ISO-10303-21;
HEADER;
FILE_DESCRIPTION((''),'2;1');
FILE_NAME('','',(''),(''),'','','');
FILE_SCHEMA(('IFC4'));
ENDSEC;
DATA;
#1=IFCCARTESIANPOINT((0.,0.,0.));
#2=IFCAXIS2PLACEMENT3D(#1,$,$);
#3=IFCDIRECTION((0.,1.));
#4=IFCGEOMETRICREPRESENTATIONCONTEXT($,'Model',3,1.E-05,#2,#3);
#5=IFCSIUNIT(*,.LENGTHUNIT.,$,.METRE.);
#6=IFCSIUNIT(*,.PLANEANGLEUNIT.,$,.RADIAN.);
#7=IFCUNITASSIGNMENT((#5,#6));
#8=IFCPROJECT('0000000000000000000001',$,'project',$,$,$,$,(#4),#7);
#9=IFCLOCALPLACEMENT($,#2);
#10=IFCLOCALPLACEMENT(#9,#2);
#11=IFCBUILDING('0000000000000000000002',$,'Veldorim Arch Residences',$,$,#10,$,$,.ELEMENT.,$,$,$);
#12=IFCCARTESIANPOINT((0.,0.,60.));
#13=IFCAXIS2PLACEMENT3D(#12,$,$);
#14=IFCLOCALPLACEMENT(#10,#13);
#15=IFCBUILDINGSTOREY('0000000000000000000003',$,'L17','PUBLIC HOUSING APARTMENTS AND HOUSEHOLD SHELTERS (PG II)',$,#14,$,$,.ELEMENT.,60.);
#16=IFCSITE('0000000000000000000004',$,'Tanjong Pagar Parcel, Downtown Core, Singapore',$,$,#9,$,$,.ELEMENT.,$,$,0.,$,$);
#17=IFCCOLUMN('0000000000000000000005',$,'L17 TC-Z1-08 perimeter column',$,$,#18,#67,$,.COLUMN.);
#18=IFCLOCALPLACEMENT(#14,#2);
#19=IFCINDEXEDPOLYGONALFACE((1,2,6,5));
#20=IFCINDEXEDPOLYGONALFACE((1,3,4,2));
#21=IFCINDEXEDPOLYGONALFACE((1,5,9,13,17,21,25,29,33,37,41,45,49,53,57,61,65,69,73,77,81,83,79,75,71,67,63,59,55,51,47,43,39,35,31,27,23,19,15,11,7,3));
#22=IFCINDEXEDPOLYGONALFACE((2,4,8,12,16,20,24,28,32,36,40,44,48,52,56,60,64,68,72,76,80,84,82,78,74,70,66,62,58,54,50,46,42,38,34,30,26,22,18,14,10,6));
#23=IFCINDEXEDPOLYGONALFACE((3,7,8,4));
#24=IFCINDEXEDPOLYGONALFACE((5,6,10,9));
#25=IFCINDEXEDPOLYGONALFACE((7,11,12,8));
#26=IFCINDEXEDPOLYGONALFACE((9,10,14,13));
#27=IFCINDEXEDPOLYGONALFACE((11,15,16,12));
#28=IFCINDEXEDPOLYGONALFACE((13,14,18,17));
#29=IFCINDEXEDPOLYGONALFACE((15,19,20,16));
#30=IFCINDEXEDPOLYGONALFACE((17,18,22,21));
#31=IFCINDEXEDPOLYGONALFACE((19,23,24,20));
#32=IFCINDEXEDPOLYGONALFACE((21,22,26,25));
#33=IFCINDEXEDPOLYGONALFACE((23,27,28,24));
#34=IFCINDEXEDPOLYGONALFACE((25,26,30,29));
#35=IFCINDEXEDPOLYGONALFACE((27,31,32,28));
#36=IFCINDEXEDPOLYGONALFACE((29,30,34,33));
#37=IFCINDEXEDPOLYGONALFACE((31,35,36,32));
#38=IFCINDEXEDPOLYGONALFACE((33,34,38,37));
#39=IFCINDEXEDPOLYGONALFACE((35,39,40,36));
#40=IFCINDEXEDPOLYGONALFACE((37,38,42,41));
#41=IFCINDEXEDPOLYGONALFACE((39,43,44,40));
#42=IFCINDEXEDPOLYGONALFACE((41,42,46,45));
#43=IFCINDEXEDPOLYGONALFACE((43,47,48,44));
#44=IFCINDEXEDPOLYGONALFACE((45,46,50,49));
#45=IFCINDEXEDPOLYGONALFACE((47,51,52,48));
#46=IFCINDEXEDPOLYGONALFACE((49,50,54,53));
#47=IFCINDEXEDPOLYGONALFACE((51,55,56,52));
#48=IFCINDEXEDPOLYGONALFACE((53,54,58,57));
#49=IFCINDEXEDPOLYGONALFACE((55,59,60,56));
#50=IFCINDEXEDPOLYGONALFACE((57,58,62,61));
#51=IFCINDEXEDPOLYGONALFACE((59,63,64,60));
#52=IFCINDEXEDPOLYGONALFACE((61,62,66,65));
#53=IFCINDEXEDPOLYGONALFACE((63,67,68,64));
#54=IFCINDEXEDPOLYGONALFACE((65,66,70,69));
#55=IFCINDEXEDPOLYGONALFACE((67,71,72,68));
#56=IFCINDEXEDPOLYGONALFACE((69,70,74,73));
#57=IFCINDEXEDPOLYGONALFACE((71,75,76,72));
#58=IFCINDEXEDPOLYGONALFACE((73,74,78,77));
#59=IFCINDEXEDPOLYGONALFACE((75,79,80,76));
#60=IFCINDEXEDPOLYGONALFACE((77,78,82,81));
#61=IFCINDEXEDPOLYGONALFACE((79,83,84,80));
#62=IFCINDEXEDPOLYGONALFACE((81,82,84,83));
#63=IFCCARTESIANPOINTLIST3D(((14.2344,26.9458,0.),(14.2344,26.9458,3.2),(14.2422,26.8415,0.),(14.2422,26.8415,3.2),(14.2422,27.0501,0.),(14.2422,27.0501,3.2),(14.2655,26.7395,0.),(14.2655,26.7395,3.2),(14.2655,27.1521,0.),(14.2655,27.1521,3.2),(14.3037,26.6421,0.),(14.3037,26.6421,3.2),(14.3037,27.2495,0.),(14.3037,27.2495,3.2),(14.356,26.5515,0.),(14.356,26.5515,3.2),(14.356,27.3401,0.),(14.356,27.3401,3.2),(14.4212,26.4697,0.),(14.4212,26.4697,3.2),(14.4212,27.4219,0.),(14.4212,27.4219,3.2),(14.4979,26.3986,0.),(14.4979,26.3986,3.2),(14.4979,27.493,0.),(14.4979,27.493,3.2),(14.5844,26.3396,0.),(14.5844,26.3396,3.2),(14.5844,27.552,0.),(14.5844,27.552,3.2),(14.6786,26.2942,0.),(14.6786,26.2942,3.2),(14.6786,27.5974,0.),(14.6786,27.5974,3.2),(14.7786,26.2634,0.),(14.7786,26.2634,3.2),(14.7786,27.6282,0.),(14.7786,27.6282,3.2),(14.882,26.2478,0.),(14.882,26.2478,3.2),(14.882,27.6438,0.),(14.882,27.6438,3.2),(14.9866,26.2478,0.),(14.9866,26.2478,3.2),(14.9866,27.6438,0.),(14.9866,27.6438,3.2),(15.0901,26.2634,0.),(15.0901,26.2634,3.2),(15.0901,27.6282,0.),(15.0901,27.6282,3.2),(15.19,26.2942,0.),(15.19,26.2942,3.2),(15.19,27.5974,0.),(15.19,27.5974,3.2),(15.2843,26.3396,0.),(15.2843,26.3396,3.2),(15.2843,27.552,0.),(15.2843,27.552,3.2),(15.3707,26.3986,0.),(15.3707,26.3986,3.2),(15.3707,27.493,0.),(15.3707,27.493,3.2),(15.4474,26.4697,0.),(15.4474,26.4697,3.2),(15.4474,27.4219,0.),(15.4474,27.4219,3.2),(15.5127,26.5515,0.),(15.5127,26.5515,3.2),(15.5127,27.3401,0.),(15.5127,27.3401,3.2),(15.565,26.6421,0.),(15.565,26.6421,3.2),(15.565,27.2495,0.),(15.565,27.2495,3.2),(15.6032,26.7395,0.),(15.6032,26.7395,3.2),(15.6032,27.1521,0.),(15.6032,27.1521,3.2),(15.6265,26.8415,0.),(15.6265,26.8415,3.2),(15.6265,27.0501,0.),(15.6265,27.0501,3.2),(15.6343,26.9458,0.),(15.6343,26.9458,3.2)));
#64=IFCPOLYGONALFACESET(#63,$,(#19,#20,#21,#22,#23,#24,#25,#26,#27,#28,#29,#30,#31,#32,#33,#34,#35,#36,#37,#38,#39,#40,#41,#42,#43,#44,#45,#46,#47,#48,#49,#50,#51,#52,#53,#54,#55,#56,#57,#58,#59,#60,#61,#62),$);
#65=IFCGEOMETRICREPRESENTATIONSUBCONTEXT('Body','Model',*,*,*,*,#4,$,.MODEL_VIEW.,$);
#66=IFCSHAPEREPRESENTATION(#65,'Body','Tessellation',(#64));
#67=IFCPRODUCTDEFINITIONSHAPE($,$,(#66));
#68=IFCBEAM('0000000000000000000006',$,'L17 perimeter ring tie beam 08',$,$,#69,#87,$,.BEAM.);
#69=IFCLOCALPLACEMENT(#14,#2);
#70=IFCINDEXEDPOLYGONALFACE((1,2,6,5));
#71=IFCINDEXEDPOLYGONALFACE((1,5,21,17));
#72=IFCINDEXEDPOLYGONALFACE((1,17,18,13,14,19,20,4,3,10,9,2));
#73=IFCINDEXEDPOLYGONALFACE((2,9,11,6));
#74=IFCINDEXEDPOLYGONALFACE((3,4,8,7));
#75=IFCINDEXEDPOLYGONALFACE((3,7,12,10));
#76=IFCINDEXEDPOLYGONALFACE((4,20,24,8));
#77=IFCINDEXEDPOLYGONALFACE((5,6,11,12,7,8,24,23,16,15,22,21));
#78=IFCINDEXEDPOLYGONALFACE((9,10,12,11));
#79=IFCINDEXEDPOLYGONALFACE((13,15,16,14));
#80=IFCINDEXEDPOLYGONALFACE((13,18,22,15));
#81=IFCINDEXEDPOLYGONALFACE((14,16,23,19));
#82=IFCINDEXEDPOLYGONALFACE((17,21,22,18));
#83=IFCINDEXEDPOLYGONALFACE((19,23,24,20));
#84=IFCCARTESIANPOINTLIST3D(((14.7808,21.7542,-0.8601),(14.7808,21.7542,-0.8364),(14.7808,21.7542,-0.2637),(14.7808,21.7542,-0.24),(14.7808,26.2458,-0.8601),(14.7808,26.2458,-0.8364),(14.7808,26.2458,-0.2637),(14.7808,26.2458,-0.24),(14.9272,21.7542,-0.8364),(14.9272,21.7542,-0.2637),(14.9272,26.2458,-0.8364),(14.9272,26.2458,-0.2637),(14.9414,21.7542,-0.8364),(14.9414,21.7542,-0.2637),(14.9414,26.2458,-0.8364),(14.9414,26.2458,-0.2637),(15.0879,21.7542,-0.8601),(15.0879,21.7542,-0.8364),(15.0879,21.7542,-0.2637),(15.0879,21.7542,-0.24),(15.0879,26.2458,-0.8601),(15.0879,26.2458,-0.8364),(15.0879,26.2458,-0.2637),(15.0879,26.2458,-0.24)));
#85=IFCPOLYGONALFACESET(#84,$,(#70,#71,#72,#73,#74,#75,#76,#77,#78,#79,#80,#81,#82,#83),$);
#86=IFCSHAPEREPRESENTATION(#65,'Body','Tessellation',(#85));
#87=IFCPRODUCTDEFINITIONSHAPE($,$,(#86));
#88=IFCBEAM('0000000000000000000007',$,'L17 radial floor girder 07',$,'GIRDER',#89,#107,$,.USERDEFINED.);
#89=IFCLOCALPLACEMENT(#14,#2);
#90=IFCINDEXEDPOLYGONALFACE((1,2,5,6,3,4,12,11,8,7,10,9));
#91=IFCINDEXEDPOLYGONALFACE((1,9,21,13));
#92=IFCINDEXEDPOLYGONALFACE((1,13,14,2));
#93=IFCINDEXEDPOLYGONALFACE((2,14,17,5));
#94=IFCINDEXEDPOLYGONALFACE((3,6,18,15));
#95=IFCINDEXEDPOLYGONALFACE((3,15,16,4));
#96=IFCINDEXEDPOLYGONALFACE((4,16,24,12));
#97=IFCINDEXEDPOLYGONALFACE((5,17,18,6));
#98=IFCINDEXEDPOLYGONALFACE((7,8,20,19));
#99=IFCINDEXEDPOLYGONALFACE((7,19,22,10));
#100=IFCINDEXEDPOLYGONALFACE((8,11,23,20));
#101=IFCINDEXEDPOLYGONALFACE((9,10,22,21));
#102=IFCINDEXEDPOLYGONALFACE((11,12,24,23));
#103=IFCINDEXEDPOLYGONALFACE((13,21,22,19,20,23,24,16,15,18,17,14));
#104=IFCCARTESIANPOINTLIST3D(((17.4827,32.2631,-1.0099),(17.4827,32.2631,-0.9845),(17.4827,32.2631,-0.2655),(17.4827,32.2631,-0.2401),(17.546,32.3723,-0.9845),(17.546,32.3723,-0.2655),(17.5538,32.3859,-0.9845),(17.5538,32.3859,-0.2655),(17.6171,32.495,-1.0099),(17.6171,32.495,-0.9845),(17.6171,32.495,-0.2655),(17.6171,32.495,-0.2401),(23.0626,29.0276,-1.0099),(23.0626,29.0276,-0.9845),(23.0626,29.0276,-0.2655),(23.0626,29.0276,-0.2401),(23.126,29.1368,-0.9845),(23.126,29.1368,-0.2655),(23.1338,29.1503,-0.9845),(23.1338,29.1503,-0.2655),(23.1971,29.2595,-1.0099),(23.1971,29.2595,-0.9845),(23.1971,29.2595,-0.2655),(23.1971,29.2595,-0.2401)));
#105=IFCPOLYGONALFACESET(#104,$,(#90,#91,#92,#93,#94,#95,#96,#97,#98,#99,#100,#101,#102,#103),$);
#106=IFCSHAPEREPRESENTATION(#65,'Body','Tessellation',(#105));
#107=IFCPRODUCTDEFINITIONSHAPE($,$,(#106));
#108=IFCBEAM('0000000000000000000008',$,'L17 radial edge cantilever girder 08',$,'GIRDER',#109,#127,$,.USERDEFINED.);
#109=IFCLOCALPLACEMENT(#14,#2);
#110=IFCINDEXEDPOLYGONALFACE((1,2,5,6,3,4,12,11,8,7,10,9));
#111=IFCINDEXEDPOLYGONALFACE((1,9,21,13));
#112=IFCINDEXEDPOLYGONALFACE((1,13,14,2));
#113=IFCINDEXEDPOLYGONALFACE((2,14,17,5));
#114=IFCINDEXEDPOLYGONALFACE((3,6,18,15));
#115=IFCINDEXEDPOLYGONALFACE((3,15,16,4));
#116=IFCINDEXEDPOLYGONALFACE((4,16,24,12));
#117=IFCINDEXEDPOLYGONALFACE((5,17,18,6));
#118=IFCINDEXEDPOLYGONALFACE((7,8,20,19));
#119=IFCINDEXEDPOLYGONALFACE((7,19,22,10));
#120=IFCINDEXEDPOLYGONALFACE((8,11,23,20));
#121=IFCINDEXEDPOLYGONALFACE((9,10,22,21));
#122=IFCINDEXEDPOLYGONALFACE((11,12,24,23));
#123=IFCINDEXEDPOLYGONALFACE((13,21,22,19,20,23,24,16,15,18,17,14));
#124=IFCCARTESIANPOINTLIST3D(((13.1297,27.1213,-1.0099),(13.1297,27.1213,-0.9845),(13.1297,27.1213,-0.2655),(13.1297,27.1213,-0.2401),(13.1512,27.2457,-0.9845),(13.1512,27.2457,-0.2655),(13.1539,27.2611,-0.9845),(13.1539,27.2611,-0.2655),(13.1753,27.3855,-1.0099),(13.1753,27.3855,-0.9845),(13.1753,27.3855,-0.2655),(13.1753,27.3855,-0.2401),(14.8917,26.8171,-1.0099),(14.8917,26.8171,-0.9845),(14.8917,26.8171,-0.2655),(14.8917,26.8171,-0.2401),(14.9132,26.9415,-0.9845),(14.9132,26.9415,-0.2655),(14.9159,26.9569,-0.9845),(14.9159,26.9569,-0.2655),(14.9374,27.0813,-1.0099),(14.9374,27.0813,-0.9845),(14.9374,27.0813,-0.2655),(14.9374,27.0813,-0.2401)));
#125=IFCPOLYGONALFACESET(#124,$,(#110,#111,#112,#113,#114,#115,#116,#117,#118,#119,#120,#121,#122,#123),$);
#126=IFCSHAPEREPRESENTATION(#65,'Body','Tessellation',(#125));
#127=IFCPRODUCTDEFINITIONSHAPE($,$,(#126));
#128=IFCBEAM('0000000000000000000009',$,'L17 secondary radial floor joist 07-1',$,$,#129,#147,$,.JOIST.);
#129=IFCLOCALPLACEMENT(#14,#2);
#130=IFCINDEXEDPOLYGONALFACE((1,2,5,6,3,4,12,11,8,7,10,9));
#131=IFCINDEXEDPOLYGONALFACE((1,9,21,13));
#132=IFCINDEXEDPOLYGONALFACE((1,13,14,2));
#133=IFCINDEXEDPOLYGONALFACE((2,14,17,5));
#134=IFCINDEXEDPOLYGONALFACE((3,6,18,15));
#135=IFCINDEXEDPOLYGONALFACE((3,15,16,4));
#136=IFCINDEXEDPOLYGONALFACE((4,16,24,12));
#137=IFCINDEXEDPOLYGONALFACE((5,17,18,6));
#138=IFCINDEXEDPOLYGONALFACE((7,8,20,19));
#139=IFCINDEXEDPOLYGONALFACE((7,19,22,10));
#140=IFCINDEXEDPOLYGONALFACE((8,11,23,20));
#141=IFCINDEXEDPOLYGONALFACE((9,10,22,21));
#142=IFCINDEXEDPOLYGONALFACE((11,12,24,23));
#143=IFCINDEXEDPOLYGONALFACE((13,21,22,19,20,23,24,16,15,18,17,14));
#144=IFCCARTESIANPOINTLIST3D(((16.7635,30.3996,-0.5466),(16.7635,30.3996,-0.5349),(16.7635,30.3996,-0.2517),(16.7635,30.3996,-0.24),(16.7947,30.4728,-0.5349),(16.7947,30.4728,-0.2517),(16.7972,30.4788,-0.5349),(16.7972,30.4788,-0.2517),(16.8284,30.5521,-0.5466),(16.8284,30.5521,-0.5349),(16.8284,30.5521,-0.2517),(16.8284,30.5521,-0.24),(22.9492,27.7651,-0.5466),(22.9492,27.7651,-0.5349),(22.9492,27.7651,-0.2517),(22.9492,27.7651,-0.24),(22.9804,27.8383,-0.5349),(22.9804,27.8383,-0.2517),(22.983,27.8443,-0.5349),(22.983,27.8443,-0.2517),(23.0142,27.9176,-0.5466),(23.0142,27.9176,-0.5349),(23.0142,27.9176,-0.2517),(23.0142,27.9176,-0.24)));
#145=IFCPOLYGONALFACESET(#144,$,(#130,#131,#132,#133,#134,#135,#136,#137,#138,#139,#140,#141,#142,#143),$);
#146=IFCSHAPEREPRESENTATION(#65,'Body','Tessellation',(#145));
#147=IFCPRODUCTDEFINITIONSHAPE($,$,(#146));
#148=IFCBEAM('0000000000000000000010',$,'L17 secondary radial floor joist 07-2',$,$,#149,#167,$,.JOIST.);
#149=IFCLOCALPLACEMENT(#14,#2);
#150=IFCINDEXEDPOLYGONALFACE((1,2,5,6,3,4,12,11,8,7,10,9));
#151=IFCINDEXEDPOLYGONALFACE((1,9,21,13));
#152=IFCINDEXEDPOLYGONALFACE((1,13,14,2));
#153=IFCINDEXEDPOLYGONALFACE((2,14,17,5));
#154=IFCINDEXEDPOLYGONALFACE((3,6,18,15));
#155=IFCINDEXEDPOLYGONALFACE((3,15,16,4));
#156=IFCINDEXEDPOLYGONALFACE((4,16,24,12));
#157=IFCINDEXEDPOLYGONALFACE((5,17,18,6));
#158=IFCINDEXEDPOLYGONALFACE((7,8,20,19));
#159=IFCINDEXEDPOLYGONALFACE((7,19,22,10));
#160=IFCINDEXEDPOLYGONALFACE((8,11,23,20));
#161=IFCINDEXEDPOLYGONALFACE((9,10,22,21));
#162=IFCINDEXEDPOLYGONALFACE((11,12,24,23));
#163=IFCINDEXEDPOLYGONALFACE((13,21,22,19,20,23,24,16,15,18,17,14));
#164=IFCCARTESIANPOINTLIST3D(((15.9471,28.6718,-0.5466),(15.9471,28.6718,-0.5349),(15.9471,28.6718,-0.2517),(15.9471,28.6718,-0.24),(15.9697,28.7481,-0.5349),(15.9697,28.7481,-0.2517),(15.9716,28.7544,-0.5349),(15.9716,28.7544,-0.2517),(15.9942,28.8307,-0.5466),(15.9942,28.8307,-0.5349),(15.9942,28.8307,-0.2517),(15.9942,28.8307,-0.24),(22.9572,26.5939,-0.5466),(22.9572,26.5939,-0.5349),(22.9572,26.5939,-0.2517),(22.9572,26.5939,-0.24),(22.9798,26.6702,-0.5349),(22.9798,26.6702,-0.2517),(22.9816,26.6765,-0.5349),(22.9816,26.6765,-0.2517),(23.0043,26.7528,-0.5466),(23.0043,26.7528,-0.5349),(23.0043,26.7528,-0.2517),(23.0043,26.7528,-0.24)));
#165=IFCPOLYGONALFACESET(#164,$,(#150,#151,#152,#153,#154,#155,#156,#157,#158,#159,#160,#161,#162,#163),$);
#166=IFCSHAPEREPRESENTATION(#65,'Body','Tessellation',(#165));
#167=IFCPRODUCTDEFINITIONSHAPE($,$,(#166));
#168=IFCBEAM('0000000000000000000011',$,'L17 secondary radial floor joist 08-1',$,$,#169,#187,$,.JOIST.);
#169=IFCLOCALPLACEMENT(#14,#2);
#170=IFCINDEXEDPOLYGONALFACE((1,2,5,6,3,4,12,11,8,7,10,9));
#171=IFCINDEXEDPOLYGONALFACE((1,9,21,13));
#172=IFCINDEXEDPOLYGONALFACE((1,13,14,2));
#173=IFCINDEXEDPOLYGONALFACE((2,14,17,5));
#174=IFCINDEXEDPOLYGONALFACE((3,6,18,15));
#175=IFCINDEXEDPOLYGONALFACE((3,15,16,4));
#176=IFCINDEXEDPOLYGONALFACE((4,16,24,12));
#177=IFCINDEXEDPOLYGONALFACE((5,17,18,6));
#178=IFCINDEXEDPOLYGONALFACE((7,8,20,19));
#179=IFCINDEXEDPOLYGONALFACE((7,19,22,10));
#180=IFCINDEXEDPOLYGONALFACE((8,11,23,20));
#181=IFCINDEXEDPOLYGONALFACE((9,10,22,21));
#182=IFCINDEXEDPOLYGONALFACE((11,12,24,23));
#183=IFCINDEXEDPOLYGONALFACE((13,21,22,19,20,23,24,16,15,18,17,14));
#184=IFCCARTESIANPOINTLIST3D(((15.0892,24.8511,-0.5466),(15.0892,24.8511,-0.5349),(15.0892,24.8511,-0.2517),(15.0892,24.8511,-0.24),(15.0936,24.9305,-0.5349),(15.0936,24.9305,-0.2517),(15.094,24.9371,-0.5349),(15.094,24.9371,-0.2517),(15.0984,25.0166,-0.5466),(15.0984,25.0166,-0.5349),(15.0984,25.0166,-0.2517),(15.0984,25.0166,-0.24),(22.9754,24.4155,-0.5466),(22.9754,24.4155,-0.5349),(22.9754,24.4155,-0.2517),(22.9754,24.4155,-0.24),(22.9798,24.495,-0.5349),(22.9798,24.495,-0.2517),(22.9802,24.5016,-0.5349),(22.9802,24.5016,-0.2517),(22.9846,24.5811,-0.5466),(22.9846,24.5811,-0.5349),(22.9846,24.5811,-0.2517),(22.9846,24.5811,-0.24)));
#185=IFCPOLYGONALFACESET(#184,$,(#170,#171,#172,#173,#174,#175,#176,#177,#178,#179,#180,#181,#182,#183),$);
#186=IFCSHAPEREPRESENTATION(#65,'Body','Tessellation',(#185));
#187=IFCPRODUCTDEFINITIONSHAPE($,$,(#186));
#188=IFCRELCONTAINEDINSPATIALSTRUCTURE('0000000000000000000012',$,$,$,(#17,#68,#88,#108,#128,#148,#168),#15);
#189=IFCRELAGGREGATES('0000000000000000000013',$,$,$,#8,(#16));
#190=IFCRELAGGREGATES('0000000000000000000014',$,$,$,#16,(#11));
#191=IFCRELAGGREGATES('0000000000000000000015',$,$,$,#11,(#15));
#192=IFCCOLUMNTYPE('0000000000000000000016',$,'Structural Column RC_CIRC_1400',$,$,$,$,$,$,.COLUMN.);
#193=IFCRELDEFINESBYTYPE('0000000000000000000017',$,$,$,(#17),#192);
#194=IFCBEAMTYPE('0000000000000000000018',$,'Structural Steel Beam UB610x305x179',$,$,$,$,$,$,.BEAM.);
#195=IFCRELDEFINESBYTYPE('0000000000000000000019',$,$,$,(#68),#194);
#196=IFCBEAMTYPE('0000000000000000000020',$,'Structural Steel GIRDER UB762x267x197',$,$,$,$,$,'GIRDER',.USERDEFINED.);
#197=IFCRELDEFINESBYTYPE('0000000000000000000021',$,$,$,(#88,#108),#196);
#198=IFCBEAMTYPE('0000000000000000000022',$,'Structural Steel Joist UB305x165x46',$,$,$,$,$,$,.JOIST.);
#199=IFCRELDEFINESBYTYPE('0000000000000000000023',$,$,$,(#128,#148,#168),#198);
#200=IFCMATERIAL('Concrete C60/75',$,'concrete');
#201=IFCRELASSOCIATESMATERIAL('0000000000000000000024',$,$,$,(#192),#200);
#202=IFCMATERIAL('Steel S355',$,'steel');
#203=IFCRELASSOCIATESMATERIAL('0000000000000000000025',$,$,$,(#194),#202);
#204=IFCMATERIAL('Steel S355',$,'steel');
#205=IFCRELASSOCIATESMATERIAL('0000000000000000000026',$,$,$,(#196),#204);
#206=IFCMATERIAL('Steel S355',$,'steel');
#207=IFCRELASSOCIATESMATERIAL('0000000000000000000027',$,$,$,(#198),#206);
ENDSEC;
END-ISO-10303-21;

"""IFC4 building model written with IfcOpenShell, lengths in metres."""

from ifc_helpers import new_model, si_unit, direction, frame, origin, origin_2d, place, context, subcontext, project, spatial, circle, i_section, extrude, material, material_profile, profile_set, type_object, element, save


model = new_model("IFC4")

# Units and contexts
model_context = context("Model", 3, precision=1e-05, world=origin(), true_north=direction((0.0, 1.0)))
body_context = subcontext(model_context, "Body", "Model", "MODEL_VIEW")
ifc_project = project(units=[si_unit("LENGTHUNIT", "METRE"), si_unit("PLANEANGLEUNIT", "RADIAN")], contexts=[model_context])

# Site, building, storey
site_placement = place(None, origin())
site = spatial("IfcSite", under=ifc_project, at=site_placement, Name="Tanjong Pagar Parcel, Downtown Core, Singapore", CompositionType="ELEMENT", RefElevation=0.0)
building_placement = place(site_placement, origin())
building = spatial("IfcBuilding", under=site, at=building_placement, Name="Veldorim Arch Residences", CompositionType="ELEMENT")
storey_placement = place(building_placement, frame((0.0, 0.0, 60.0)))
storey = spatial("IfcBuildingStorey", under=building, at=storey_placement, Name="L17", Description="PUBLIC HOUSING APARTMENTS AND HOUSEHOLD SHELTERS (PG II)", CompositionType="ELEMENT", Elevation=60.0)

# Column
ifc_material_1 = material(Name="Concrete C60/75", Category="concrete")
ifc_material_profile_1 = material_profile(ifc_material_1, circle(Radius=0.7, at=origin_2d()), Name="RC_CIRC_1400")
ifc_profile_set_1 = profile_set([ifc_material_profile_1], Name="Concrete C60/75")
column_type = type_object("IfcColumnType", Name="Structural Column RC_CIRC_1400", PredefinedType="COLUMN", material=ifc_profile_set_1)
column_placement = place(storey_placement, frame((14.9343, 26.9458, 0.0), z_axis=(0.0, 0.0, 1.0), x_axis=(1.0, 0.0, 0.0)))
element("IfcColumn", 1, at=column_placement, inside=storey, type_object=column_type, Name="L17 TC-Z1-08 perimeter column", PredefinedType="COLUMN", context=body_context, shape_type="SweptSolid", body=[
    extrude(circle(Radius=0.7, at=origin_2d()), origin(), (0.0, 0.0, 1.0), 3.2),
])

# Beams
ifc_material_2 = material(Name="Steel S355", Category="steel")
ifc_material_profile_2 = material_profile(ifc_material_2, i_section(OverallWidth=0.3071, OverallDepth=0.6201, WebThickness=0.0142, FlangeThickness=0.0237, at=origin_2d()), Name="UB610x305x179")
ifc_profile_set_2 = profile_set([ifc_material_profile_2], Name="Steel S355")
beam_type_1 = type_object("IfcBeamType", Name="Structural Steel Beam UB610x305x179", PredefinedType="BEAM", material=ifc_profile_set_2)
beam_1_placement = place(storey_placement, frame((14.9343, 26.2458, -0.55), z_axis=(0.0, -1.0, 0.0), x_axis=(1.0, 0.0, 0.0)))
element("IfcBeam", 2, at=beam_1_placement, inside=storey, type_object=beam_type_1, Name="L17 perimeter ring tie beam 08", PredefinedType="BEAM", context=body_context, shape_type="SweptSolid", body=[
    extrude(i_section(OverallWidth=0.3071, OverallDepth=0.6201, WebThickness=0.0142, FlangeThickness=0.0237, at=origin_2d()), origin(), (0.0, 0.0, 1.0), 4.4917),
])
ifc_material_3 = material(Name="Steel S355", Category="steel")
ifc_material_profile_3 = material_profile(ifc_material_3, i_section(OverallWidth=0.2681, OverallDepth=0.7698, WebThickness=0.0156, FlangeThickness=0.0254, at=origin_2d()), Name="UB762x267x197")
ifc_profile_set_3 = profile_set([ifc_material_profile_3], Name="Steel S355")
beam_type_2 = type_object("IfcBeamType", Name="Structural Steel GIRDER UB762x267x197", ElementType="GIRDER", PredefinedType="USERDEFINED", material=ifc_profile_set_3)
beam_2_placement = place(storey_placement, frame((23.1299, 29.1436, -0.625), z_axis=(-0.865088, 0.50162, 0.0), x_axis=(-0.50162, -0.865088, 0.0)))
element("IfcBeam", 3, at=beam_2_placement, inside=storey, type_object=beam_type_2, Name="L17 radial floor girder 07", ObjectType="GIRDER", PredefinedType="USERDEFINED", context=body_context, shape_type="SweptSolid", body=[
    extrude(i_section(OverallWidth=0.2681, OverallDepth=0.7698, WebThickness=0.0156, FlangeThickness=0.0254, at=origin_2d()), origin(), (0.0, 0.0, 1.0), 6.4502),
])
beam_3_placement = place(storey_placement, frame((14.9146, 26.9492, -0.625), z_axis=(-0.985421, 0.170131, 0.0), x_axis=(-0.170131, -0.985421, 0.0)))
element("IfcBeam", 4, at=beam_3_placement, inside=storey, type_object=beam_type_2, Name="L17 radial edge cantilever girder 08", ObjectType="GIRDER", PredefinedType="USERDEFINED", context=body_context, shape_type="SweptSolid", body=[
    extrude(i_section(OverallWidth=0.2681, OverallDepth=0.7698, WebThickness=0.0156, FlangeThickness=0.0254, at=origin_2d()), origin(), (0.0, 0.0, 1.0), 1.7881),
])
ifc_material_4 = material(Name="Steel S355", Category="steel")
ifc_material_profile_4 = material_profile(ifc_material_4, i_section(OverallWidth=0.1658, OverallDepth=0.3066, WebThickness=0.0066, FlangeThickness=0.0117, at=origin_2d()), Name="UB305x165x46")
ifc_profile_set_4 = profile_set([ifc_material_profile_4], Name="Steel S355")
beam_type_3 = type_object("IfcBeamType", Name="Structural Steel Joist UB305x165x46", PredefinedType="JOIST", material=ifc_profile_set_4)
beam_4_placement = place(storey_placement, frame((22.9817, 27.8413, -0.3933), z_axis=(-0.920033, 0.391841, 0.0), x_axis=(-0.391841, -0.920033, 0.0)))
element("IfcBeam", 5, at=beam_4_placement, inside=storey, type_object=beam_type_3, Name="L17 secondary radial floor joist 07-1", PredefinedType="JOIST", context=body_context, shape_type="SweptSolid", body=[
    extrude(i_section(OverallWidth=0.1658, OverallDepth=0.3066, WebThickness=0.0066, FlangeThickness=0.0117, at=origin_2d()), origin(), (0.0, 0.0, 1.0), 6.7234),
])
beam_5_placement = place(storey_placement, frame((22.9807, 26.6733, -0.3933), z_axis=(-0.958767, 0.284194, 0.0), x_axis=(-0.284194, -0.958767, 0.0)))
element("IfcBeam", 6, at=beam_5_placement, inside=storey, type_object=beam_type_3, Name="L17 secondary radial floor joist 07-2", PredefinedType="JOIST", context=body_context, shape_type="SweptSolid", body=[
    extrude(i_section(OverallWidth=0.1658, OverallDepth=0.3066, WebThickness=0.0066, FlangeThickness=0.0117, at=origin_2d()), origin(), (0.0, 0.0, 1.0), 7.3115),
])
for number, where, z_axis, x_axis, name in (
    (7, (22.98, 24.4983, -0.3933), (-0.998478, 0.055145, 0.0), (-0.055145, -0.998478, 0.0), "L17 secondary radial floor joist 08-1"),
):
    element("IfcBeam", number, at=place(storey_placement, frame(where, z_axis=z_axis, x_axis=x_axis)), inside=storey, type_object=beam_type_3, Name=name, PredefinedType="JOIST", context=body_context, shape_type="SweptSolid", body=[
        extrude(i_section(OverallWidth=0.1658, OverallDepth=0.3066, WebThickness=0.0066, FlangeThickness=0.0117, at=origin_2d()), origin(), (0.0, 0.0, 1.0), 7.8982),
    ])

save(model, "model.ifc")
